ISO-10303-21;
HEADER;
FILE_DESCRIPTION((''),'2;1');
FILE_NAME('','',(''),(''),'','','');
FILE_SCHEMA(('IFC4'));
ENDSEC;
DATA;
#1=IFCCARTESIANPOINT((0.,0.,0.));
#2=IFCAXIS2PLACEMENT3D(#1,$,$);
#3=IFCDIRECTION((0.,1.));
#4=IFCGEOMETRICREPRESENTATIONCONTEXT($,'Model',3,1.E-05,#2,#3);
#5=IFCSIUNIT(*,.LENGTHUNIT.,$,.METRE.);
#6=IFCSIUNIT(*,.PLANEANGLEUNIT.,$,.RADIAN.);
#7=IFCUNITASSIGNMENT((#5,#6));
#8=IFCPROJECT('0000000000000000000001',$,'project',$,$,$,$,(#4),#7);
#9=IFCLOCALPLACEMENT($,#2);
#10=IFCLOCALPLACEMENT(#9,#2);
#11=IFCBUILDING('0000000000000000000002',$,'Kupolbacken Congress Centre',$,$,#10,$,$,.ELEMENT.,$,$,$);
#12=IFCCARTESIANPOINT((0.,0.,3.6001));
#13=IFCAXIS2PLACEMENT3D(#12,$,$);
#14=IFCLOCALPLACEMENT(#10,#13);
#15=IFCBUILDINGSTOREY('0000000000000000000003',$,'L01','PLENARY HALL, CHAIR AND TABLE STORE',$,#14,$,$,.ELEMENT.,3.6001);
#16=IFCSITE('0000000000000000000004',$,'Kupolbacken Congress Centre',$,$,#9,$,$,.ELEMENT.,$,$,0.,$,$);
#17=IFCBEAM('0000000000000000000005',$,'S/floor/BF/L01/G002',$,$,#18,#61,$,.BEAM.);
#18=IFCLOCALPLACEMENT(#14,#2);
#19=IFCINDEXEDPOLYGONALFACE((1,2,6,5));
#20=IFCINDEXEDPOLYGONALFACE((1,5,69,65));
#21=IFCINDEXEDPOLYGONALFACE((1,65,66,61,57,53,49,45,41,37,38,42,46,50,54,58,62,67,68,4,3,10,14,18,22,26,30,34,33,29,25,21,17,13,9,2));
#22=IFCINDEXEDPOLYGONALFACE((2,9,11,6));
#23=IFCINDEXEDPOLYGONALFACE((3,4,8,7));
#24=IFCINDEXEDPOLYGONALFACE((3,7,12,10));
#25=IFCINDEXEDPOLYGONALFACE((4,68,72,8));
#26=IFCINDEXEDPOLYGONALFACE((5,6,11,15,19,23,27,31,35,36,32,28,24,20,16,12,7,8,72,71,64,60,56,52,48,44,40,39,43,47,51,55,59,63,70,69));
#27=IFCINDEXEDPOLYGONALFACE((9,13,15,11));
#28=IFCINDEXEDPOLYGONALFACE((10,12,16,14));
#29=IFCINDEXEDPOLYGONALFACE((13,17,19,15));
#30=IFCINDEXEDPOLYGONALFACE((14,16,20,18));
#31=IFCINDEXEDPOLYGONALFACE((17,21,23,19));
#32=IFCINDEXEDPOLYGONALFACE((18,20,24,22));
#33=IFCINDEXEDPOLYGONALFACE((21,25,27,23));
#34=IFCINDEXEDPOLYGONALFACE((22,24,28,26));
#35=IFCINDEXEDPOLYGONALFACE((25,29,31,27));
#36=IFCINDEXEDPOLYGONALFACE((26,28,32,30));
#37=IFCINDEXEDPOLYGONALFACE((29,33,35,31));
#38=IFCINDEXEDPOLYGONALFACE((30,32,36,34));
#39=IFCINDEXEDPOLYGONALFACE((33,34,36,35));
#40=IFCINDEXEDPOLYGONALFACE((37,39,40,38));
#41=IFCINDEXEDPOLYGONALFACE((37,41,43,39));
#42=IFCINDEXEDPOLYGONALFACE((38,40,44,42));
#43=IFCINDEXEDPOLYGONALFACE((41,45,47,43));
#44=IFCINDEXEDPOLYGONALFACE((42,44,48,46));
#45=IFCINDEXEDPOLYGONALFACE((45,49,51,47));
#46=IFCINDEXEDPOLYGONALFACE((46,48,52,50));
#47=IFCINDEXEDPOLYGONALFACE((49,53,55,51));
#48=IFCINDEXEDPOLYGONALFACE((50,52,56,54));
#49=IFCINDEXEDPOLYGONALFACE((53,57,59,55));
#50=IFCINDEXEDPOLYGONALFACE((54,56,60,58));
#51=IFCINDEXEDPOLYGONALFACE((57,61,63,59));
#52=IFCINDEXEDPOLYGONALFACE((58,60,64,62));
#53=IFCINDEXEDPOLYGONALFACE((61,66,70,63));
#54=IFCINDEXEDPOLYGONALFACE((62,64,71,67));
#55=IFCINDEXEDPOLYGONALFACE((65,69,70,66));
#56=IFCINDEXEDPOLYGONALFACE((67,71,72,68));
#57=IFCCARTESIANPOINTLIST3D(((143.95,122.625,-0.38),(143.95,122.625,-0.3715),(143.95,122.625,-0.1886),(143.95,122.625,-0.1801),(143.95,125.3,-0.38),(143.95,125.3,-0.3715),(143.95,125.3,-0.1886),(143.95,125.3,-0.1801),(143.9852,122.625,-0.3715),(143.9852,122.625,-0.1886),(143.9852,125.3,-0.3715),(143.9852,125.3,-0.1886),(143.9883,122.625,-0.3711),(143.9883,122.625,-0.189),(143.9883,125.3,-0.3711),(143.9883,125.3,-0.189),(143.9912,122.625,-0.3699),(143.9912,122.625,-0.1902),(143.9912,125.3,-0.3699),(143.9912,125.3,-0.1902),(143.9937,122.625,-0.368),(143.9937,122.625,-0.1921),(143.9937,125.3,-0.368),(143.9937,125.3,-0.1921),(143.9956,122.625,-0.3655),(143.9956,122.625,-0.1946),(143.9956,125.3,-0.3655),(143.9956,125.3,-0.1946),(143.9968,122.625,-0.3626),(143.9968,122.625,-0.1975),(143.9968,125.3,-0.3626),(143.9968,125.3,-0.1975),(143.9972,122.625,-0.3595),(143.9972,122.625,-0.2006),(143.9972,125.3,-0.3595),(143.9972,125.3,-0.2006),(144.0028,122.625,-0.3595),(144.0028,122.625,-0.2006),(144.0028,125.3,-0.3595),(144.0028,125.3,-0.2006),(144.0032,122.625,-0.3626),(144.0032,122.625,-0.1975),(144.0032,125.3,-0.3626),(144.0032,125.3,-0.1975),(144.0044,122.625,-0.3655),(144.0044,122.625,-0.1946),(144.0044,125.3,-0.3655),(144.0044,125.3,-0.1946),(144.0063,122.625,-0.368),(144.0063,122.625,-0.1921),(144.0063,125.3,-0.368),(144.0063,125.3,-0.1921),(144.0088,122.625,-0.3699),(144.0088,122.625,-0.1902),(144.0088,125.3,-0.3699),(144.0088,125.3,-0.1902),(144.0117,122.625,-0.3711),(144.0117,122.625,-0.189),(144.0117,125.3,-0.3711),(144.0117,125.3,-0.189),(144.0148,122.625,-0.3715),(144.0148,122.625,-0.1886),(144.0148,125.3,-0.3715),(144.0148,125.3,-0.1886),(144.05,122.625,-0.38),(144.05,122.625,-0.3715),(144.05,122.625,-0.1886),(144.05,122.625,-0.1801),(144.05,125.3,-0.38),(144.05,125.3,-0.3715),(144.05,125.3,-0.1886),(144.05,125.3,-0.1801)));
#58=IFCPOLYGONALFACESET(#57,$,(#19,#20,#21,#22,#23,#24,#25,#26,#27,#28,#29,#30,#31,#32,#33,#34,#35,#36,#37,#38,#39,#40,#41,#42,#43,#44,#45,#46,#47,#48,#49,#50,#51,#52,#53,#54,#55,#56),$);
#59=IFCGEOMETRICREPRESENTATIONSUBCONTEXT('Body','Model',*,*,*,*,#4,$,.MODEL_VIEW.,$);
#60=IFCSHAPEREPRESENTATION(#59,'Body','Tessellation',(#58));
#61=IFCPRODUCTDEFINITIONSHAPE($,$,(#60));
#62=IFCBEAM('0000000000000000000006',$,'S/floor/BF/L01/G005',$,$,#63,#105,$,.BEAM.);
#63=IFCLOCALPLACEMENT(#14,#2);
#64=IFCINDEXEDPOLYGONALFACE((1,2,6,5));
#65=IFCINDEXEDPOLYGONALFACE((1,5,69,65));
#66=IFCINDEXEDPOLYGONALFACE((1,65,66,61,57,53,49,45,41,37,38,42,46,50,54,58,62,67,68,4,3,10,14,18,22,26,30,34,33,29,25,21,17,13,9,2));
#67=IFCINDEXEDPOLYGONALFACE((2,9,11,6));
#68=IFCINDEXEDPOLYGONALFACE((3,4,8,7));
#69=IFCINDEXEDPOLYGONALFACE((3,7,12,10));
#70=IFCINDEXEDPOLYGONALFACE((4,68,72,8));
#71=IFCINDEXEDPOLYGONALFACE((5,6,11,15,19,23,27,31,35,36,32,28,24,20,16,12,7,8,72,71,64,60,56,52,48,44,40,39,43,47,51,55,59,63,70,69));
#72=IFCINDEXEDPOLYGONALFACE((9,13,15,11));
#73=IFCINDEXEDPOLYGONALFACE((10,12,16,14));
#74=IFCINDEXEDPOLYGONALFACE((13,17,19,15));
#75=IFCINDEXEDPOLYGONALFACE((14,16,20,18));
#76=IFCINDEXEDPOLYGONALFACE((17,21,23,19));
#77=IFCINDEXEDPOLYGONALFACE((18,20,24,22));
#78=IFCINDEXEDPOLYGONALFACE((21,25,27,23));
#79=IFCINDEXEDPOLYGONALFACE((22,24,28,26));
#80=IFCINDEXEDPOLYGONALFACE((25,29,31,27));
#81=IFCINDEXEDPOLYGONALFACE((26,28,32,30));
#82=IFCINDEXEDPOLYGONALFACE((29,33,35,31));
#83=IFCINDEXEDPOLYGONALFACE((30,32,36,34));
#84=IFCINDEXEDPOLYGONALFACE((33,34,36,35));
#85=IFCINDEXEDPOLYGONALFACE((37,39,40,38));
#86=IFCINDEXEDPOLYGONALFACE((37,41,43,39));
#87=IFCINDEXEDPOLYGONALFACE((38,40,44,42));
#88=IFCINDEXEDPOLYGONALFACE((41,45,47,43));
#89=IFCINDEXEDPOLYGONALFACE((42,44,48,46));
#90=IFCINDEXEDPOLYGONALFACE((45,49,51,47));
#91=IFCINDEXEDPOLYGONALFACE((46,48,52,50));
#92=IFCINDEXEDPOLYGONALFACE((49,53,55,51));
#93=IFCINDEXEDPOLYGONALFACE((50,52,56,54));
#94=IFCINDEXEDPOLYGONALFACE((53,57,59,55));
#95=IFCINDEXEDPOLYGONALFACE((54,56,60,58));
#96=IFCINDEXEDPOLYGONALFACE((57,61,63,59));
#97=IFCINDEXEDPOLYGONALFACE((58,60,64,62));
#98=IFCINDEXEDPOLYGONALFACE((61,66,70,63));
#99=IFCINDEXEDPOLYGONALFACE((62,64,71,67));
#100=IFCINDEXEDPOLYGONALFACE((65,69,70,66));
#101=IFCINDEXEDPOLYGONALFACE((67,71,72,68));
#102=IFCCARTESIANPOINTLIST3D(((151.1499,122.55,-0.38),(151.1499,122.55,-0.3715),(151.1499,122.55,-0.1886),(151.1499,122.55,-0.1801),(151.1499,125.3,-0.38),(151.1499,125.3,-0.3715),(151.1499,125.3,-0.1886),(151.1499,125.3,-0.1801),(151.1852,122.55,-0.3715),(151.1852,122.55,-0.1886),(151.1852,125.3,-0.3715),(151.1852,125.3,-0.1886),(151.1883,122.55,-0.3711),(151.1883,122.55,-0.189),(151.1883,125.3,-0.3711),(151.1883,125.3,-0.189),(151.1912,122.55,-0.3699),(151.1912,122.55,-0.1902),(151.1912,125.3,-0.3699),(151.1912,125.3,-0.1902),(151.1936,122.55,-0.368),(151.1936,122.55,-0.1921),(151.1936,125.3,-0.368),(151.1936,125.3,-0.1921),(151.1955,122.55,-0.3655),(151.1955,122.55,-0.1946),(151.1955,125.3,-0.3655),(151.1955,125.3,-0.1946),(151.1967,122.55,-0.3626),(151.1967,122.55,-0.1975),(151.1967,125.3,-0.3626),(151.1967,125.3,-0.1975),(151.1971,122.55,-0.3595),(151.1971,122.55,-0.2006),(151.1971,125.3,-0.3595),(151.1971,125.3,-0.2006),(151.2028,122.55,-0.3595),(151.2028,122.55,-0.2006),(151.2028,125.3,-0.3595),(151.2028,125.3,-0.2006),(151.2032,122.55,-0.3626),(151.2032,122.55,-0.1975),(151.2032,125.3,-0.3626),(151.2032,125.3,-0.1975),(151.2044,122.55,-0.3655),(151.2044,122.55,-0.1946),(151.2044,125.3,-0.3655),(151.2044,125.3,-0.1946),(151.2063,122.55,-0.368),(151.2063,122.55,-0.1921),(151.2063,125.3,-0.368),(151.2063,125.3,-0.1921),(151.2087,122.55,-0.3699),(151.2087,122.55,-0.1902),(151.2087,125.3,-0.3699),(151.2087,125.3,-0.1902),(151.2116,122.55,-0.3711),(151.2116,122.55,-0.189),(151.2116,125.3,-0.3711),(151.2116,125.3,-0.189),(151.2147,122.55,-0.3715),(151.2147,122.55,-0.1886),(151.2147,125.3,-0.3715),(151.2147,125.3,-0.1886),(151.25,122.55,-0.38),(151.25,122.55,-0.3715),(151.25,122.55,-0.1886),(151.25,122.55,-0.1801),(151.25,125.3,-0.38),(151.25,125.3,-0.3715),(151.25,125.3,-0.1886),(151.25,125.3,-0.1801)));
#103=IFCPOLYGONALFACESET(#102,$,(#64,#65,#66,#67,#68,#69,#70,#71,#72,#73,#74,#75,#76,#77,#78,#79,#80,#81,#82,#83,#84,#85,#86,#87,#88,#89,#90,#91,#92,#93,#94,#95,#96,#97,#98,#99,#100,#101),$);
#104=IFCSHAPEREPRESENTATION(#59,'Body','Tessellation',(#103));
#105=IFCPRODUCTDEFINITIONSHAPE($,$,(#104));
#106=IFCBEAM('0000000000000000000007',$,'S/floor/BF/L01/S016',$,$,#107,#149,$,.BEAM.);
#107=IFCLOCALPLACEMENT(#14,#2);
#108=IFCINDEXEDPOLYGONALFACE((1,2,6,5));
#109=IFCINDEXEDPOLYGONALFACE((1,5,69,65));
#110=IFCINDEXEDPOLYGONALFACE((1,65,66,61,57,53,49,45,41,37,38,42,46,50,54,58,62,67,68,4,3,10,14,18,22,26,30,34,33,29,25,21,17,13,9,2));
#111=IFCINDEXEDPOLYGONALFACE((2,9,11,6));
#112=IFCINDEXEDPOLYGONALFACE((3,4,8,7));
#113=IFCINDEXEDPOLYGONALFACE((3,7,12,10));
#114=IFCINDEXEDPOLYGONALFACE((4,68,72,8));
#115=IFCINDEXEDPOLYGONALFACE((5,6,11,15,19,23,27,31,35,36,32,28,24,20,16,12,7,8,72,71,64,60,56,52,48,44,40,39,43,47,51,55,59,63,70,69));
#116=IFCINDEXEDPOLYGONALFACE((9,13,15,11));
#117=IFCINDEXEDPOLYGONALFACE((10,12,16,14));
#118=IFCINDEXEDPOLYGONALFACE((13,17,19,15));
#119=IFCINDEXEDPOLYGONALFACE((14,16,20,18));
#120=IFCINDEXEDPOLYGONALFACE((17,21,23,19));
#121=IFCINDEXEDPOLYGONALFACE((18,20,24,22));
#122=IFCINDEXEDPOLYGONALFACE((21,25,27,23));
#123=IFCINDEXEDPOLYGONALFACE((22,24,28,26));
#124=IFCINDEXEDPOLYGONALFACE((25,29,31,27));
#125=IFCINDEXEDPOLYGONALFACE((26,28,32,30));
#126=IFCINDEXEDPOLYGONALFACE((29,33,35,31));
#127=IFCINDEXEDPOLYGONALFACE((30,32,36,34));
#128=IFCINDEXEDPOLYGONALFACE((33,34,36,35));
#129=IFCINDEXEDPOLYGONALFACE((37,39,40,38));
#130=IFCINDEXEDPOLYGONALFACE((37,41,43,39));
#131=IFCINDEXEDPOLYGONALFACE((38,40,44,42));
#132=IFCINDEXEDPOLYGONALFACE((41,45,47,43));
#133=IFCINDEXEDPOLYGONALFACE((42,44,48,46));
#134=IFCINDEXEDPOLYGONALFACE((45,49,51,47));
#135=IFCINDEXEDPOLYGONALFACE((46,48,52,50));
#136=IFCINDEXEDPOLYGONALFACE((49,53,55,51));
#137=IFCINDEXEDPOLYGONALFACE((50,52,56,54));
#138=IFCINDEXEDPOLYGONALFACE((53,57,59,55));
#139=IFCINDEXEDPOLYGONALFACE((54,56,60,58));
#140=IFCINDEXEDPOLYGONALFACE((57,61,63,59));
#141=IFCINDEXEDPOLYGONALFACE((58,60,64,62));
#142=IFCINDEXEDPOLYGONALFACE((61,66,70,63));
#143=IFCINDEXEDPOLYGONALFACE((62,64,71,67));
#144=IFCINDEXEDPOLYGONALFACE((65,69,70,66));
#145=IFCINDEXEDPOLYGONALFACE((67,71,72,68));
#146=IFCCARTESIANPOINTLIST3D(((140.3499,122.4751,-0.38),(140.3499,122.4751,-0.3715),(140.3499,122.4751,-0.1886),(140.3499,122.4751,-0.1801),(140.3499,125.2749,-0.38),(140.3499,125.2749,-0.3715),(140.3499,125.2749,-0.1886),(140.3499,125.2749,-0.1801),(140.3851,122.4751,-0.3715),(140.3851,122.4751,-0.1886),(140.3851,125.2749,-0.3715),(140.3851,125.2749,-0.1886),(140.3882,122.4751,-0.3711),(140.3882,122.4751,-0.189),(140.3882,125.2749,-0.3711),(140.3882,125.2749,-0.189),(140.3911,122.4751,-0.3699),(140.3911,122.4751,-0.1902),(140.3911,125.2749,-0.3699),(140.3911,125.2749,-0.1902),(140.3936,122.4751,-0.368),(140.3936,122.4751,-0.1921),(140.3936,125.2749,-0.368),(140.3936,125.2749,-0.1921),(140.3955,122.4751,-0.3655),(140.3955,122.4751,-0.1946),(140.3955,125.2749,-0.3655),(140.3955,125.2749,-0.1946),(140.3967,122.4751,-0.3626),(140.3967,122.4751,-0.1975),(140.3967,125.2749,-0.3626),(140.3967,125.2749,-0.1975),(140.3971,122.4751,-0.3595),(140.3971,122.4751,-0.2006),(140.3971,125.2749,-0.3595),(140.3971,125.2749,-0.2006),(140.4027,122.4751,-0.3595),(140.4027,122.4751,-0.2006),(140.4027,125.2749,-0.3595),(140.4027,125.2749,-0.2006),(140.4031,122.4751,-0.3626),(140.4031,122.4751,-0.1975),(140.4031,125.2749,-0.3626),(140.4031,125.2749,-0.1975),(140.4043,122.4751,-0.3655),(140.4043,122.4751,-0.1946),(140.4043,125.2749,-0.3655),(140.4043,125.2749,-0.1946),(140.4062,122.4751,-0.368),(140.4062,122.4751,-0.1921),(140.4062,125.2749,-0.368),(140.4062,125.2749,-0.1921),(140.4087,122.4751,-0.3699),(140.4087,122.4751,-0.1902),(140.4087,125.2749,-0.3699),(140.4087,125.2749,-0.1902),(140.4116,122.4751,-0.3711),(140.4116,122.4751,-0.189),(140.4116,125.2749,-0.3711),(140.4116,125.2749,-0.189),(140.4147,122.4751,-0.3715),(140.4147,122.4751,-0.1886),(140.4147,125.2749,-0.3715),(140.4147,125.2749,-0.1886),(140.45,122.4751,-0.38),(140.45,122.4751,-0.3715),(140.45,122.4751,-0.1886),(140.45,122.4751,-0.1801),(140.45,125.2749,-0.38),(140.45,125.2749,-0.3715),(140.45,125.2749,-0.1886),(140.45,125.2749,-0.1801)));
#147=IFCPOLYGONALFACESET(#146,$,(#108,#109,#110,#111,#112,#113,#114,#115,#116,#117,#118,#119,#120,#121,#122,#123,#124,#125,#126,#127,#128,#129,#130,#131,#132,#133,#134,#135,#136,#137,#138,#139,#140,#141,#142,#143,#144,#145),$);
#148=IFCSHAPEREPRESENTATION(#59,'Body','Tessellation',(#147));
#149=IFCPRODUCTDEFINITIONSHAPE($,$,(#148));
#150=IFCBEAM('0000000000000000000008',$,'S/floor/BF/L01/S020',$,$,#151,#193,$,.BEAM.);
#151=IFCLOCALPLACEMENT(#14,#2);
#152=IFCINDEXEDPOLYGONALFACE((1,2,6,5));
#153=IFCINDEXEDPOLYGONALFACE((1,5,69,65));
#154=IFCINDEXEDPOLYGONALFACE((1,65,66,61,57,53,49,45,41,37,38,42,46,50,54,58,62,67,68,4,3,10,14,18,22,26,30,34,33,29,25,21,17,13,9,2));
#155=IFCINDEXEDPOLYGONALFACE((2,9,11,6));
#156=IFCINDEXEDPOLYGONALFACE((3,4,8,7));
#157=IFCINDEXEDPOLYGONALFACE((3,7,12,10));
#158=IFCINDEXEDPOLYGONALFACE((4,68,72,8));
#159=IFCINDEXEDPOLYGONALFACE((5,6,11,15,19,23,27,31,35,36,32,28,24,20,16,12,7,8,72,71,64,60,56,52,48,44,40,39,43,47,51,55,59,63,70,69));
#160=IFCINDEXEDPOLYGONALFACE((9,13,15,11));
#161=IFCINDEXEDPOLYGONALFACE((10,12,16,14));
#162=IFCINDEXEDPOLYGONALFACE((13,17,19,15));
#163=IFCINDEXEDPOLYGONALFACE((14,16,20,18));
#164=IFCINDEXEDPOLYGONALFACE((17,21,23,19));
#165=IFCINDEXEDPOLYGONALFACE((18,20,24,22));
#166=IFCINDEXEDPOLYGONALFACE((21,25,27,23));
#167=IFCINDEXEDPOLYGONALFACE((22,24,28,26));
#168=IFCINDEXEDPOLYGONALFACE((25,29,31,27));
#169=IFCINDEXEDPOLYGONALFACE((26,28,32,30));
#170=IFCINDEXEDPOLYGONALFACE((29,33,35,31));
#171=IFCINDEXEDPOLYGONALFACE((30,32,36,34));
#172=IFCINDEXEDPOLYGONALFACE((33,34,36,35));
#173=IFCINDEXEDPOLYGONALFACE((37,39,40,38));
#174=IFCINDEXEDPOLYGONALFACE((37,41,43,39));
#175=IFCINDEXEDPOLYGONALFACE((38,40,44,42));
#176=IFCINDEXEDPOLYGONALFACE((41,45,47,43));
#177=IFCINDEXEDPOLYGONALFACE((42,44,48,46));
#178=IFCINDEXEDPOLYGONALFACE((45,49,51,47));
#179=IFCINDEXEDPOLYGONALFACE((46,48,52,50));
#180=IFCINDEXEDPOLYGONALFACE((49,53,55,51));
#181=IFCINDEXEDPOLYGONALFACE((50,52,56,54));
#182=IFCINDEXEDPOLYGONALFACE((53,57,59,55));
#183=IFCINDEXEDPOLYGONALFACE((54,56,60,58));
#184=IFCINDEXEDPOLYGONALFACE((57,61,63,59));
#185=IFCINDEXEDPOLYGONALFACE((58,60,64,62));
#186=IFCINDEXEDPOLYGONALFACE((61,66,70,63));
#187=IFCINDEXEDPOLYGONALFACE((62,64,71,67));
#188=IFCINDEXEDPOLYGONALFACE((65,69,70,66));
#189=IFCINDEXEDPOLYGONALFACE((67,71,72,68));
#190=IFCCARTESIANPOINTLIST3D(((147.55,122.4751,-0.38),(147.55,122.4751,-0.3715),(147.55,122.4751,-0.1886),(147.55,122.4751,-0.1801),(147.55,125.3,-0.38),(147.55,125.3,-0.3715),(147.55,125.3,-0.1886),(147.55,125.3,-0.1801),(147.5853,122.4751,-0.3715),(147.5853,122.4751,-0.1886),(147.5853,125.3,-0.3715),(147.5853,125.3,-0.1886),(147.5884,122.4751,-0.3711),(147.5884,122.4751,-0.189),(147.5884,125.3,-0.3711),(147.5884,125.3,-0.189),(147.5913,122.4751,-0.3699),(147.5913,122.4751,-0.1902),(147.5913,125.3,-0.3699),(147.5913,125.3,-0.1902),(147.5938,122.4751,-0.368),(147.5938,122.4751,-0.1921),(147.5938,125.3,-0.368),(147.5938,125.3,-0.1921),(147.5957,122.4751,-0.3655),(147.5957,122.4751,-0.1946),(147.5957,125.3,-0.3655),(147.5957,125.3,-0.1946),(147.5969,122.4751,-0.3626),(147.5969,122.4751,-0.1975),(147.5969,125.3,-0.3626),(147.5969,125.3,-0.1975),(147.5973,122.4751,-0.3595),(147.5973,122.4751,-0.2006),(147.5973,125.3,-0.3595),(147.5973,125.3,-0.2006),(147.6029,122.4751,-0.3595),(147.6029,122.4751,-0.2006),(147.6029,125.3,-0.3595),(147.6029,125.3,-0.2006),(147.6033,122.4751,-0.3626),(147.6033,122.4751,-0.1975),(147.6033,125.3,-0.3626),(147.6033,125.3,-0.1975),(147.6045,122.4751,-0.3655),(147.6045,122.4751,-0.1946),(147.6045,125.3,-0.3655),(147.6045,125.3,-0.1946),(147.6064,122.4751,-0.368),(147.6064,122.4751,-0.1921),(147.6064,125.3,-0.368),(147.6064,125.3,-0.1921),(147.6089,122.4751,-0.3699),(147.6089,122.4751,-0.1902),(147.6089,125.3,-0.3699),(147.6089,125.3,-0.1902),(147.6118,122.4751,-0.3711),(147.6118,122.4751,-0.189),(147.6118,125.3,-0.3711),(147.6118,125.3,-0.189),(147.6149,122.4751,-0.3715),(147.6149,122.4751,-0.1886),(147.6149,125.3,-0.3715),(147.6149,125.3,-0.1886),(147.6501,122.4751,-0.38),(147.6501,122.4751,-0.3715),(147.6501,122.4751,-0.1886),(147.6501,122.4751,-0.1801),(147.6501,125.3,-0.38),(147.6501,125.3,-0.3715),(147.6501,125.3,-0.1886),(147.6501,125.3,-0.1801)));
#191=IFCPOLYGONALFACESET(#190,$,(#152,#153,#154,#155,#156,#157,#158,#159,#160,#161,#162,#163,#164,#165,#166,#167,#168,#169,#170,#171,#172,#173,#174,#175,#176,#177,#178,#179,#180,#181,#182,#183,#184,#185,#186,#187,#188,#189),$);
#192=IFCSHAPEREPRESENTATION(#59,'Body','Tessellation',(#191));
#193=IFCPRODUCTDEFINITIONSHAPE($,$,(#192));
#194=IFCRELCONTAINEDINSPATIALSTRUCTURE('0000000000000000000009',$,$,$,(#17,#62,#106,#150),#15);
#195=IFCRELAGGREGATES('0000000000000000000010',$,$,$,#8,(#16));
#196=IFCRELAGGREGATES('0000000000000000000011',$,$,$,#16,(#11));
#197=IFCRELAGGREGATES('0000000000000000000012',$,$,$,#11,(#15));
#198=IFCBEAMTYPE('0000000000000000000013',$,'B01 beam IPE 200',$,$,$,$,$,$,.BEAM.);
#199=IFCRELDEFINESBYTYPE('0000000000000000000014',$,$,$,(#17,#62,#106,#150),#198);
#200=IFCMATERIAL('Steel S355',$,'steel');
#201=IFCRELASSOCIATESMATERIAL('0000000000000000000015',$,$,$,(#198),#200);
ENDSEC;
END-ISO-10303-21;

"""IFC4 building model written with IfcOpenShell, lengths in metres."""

from ifc_helpers import new_model, si_unit, direction, frame, origin, origin_2d, place, context, subcontext, project, spatial, i_section, extrude, material, material_profile, profile_set, type_object, element, save


model = new_model("IFC4")

# Units and contexts
model_context = context("Model", 3, precision=1e-05, world=origin(), true_north=direction((0.0, 1.0)))
body_context = subcontext(model_context, "Body", "Model", "MODEL_VIEW")
ifc_project = project(units=[si_unit("LENGTHUNIT", "METRE"), si_unit("PLANEANGLEUNIT", "RADIAN")], contexts=[model_context])

# Site, building, storey
site_placement = place(None, origin())
site = spatial("IfcSite", under=ifc_project, at=site_placement, Name="Kupolbacken Congress Centre", CompositionType="ELEMENT", RefElevation=0.0)
building_placement = place(site_placement, origin())
building = spatial("IfcBuilding", under=site, at=building_placement, Name="Kupolbacken Congress Centre", CompositionType="ELEMENT")
storey_placement = place(building_placement, frame((0.0, 0.0, 3.6001)))
storey = spatial("IfcBuildingStorey", under=building, at=storey_placement, Name="L01", Description="PLENARY HALL, CHAIR AND TABLE STORE", CompositionType="ELEMENT", Elevation=3.6001)

# Beams
ifc_material_1 = material(Name="Steel S355", Category="steel")
ifc_material_profile_1 = material_profile(ifc_material_1, i_section(OverallWidth=0.1001, OverallDepth=0.2, WebThickness=0.0056, FlangeThickness=0.0085, FilletRadius=0.012, at=origin_2d()), Name="IPE 200")
ifc_profile_set_1 = profile_set([ifc_material_profile_1], Name="Steel S355")
beam_type_1 = type_object("IfcBeamType", Name="B01 beam IPE 200", PredefinedType="BEAM", material=ifc_profile_set_1)
beam_1_placement = place(storey_placement, frame((144.0, 122.625, -0.28), z_axis=(0.0, 1.0, 0.0), x_axis=(-1.0, 0.0, 0.0)))
element("IfcBeam", 1, at=beam_1_placement, inside=storey, type_object=beam_type_1, Name="S/floor/BF/L01/G002", PredefinedType="BEAM", context=body_context, shape_type="SweptSolid", body=[
    extrude(i_section(OverallWidth=0.1001, OverallDepth=0.2, WebThickness=0.0056, FlangeThickness=0.0085, FilletRadius=0.012, at=origin_2d()), origin(), (0.0, 0.0, 1.0), 2.675),
])
beam_2_placement = place(storey_placement, frame((151.2, 122.55, -0.28), z_axis=(0.0, 1.0, 0.0), x_axis=(-1.0, 0.0, 0.0)))
element("IfcBeam", 2, at=beam_2_placement, inside=storey, type_object=beam_type_1, Name="S/floor/BF/L01/G005", PredefinedType="BEAM", context=body_context, shape_type="SweptSolid", body=[
    extrude(i_section(OverallWidth=0.1001, OverallDepth=0.2, WebThickness=0.0056, FlangeThickness=0.0085, FilletRadius=0.012, at=origin_2d()), origin(), (0.0, 0.0, 1.0), 2.75),
])
beam_3_placement = place(storey_placement, frame((140.3999, 122.4751, -0.28), z_axis=(0.0, 1.0, 0.0), x_axis=(-1.0, 0.0, 0.0)))
element("IfcBeam", 3, at=beam_3_placement, inside=storey, type_object=beam_type_1, Name="S/floor/BF/L01/S016", PredefinedType="BEAM", context=body_context, shape_type="SweptSolid", body=[
    extrude(i_section(OverallWidth=0.1001, OverallDepth=0.2, WebThickness=0.0056, FlangeThickness=0.0085, FilletRadius=0.012, at=origin_2d()), origin(), (0.0, 0.0, 1.0), 2.7998),
])
beam_4_placement = place(storey_placement, frame((147.6001, 122.4751, -0.28), z_axis=(0.0, 1.0, 0.0), x_axis=(-1.0, 0.0, 0.0)))
element("IfcBeam", 4, at=beam_4_placement, inside=storey, type_object=beam_type_1, Name="S/floor/BF/L01/S020", PredefinedType="BEAM", context=body_context, shape_type="SweptSolid", body=[
    extrude(i_section(OverallWidth=0.1001, OverallDepth=0.2, WebThickness=0.0056, FlangeThickness=0.0085, FilletRadius=0.012, at=origin_2d()), origin(), (0.0, 0.0, 1.0), 2.825),
])

save(model, "model.ifc")
